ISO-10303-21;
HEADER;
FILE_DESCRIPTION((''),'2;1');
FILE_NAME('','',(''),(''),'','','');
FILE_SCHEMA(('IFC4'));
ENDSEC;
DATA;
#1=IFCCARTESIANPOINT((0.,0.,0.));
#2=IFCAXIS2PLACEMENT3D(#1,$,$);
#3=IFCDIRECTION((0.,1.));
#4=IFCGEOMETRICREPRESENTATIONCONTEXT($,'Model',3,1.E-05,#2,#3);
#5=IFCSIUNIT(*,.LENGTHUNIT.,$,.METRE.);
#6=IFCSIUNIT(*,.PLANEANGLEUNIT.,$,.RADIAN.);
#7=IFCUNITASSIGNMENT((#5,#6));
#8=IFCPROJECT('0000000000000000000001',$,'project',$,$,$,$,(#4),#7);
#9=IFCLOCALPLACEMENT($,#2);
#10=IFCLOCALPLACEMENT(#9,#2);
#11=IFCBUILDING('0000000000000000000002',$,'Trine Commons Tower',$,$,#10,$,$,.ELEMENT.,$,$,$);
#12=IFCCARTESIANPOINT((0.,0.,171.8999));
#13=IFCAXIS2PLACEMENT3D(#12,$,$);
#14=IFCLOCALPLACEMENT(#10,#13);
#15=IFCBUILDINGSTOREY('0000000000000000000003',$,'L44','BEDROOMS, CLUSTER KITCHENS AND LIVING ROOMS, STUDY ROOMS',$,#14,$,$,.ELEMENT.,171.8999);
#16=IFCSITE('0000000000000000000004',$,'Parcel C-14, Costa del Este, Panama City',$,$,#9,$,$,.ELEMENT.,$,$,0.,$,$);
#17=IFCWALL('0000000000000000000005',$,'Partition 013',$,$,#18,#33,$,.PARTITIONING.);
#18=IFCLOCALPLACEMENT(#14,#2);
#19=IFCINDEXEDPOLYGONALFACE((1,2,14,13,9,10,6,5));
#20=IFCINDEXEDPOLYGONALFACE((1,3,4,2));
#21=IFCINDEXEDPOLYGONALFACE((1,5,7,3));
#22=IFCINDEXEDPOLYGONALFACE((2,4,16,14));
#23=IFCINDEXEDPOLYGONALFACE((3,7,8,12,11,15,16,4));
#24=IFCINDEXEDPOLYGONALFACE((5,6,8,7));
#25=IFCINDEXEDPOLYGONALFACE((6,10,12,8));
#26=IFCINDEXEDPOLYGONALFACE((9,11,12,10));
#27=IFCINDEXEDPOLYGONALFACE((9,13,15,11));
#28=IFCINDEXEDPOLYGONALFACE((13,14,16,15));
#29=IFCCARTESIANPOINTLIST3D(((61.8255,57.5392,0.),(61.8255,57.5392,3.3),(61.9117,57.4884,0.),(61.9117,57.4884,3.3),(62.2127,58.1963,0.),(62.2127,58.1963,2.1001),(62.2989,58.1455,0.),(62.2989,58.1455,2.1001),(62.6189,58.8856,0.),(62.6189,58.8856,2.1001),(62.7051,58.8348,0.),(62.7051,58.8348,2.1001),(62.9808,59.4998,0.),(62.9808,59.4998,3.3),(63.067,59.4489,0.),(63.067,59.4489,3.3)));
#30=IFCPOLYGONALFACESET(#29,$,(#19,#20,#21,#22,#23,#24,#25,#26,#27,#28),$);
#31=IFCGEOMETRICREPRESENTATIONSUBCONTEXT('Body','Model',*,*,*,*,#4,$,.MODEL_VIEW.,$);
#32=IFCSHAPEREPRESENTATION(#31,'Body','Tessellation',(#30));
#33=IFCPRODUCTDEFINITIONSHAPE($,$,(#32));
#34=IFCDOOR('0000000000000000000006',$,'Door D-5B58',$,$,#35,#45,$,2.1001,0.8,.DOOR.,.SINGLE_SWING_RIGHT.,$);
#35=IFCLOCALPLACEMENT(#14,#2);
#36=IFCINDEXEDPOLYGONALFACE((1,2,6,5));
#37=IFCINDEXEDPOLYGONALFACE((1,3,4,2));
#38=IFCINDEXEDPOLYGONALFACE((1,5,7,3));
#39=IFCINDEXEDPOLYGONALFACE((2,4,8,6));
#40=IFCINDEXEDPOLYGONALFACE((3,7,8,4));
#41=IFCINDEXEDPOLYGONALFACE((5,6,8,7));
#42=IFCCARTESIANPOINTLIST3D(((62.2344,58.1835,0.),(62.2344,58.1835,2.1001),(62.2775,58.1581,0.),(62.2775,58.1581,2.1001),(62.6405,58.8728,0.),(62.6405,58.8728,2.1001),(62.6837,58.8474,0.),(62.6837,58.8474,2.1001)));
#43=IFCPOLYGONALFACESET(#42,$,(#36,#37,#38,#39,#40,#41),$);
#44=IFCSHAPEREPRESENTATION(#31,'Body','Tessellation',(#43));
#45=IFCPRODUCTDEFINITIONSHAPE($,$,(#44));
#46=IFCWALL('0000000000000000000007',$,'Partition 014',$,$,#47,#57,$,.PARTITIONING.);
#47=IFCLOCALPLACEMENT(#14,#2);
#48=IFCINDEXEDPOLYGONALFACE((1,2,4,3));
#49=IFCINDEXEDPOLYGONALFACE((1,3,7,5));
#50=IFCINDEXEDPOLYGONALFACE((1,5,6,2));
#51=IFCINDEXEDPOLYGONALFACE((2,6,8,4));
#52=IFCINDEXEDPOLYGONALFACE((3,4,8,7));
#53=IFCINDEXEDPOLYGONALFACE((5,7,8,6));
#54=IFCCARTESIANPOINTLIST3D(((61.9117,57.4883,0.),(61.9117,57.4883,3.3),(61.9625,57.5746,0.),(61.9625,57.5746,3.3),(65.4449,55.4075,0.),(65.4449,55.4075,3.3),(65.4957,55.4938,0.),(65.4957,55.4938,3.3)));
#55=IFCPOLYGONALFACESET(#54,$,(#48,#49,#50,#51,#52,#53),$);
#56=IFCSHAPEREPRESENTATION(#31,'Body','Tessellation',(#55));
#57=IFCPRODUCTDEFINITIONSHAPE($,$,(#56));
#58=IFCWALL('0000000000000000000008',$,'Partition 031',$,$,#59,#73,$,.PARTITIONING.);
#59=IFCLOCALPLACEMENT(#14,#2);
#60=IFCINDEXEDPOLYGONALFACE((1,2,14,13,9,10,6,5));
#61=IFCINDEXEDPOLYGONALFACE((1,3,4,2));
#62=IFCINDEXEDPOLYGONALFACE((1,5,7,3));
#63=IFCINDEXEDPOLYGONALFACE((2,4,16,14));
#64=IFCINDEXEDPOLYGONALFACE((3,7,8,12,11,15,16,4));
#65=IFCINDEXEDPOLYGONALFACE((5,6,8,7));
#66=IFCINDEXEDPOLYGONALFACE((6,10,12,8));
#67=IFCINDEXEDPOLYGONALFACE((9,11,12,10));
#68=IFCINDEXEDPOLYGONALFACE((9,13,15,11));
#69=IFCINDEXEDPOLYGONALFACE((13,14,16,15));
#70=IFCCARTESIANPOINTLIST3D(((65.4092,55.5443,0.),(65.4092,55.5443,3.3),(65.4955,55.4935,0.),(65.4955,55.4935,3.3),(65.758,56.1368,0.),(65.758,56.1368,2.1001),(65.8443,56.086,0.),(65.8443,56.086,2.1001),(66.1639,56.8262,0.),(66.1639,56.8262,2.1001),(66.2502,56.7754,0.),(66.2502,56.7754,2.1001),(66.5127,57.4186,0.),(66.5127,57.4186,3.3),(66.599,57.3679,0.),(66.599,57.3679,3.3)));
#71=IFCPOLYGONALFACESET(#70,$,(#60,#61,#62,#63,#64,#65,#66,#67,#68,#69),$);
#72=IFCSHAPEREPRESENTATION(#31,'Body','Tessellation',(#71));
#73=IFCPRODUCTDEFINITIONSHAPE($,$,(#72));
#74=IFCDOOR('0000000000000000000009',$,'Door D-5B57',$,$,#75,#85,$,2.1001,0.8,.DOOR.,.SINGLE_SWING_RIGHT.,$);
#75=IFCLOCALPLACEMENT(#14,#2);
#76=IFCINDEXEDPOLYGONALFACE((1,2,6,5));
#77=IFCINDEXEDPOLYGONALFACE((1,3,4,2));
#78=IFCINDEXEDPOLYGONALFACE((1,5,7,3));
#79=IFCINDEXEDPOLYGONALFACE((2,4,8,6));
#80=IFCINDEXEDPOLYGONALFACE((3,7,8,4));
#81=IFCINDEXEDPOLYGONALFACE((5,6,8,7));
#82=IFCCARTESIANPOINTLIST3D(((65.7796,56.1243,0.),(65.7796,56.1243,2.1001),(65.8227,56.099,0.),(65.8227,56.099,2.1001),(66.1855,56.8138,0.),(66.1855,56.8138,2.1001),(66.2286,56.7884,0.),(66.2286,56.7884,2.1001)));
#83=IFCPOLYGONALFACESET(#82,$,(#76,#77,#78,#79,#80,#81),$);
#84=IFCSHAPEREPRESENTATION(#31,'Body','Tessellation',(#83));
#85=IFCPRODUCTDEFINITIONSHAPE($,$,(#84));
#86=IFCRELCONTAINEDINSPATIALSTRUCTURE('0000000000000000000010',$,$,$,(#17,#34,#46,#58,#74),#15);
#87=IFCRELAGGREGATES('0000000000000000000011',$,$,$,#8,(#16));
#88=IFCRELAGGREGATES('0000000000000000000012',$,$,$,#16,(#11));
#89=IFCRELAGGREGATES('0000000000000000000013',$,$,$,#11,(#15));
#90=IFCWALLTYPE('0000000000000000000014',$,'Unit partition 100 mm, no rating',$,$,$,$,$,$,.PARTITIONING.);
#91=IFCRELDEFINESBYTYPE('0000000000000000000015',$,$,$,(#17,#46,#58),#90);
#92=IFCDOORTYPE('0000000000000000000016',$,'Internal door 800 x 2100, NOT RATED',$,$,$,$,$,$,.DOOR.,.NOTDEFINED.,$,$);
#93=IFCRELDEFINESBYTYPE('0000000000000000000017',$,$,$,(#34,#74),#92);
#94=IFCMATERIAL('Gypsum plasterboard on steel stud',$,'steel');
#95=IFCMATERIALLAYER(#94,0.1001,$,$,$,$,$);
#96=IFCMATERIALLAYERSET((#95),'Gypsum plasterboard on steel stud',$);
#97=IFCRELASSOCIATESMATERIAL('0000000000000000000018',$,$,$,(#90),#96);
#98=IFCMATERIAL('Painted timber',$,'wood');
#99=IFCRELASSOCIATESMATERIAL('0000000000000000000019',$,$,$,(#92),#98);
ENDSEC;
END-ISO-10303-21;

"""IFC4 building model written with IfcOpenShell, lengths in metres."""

from ifc_helpers import new_model, si_unit, direction, frame, frame_2d, origin, place, context, subcontext, project, spatial, rectangle, extrude, material, layer, layer_set, type_object, element, fill, save


model = new_model("IFC4")

# Units and contexts
model_context = context("Model", 3, precision=1e-05, world=origin(), true_north=direction((0.0, 1.0)))
body_context = subcontext(model_context, "Body", "Model", "MODEL_VIEW")
ifc_project = project(units=[si_unit("LENGTHUNIT", "METRE"), si_unit("PLANEANGLEUNIT", "RADIAN")], contexts=[model_context])

# Site, building, storey
site_placement = place(None, origin())
site = spatial("IfcSite", under=ifc_project, at=site_placement, Name="Parcel C-14, Costa del Este, Panama City", CompositionType="ELEMENT", RefElevation=0.0)
building_placement = place(site_placement, origin())
building = spatial("IfcBuilding", under=site, at=building_placement, Name="Trine Commons Tower", CompositionType="ELEMENT")
storey_placement = place(building_placement, frame((0.0, 0.0, 171.8999)))
storey = spatial("IfcBuildingStorey", under=building, at=storey_placement, Name="L44", Description="BEDROOMS, CLUSTER KITCHENS AND LIVING ROOMS, STUDY ROOMS", CompositionType="ELEMENT", Elevation=171.8999)

# Shared definitions
ifc_material_1 = material(Name="Gypsum plasterboard on steel stud", Category="steel")

# Shared definitions
ifc_material_2 = material(Name="Painted timber", Category="wood")

# Wall, opening, door
ifc_layer_1 = layer(ifc_material_1, 0.1001)
ifc_layer_set_1 = layer_set([ifc_layer_1], Name="Gypsum plasterboard on steel stud")
wall_type_1 = type_object("IfcWallType", Name="Unit partition 100 mm, no rating", PredefinedType="PARTITIONING", material=ifc_layer_set_1)
wall_1_placement = place(storey_placement, frame((61.8687, 57.5139, 0.0), z_axis=(0.0, 0.0, 1.0), x_axis=(0.507695, 0.861537, 0.0)))
wall_1 = element("IfcWall", 1, at=wall_1_placement, inside=storey, type_object=wall_type_1, Name="Partition 013", PredefinedType="PARTITIONING", context=body_context, shape_type="SweptSolid", body=[
    extrude(rectangle(XDim=2.2756, YDim=0.1001, at=frame_2d((1.1377, 0.0))), origin(), (0.0, 0.0, 1.0), 3.3),
])
opening_1_placement = place(wall_1_placement, frame((0.7627, 0.0, 0.0)))
opening_1 = element("IfcOpeningElement", 2, at=opening_1_placement, cuts=wall_1, PredefinedType="OPENING", context=body_context, shape_type="SweptSolid", body=[
    extrude(rectangle(XDim=0.8, YDim=2.1001, at=frame_2d((0.3999, 1.05))), frame((0.0, 0.0601, 0.0), z_axis=(0.0, -1.0, 0.0), x_axis=(1.0, 0.0, 0.0)), (0.0, 0.0, 1.0), 0.1201),
])
door_type_1 = type_object("IfcDoorType", Name="Internal door 800 x 2100, NOT RATED", OperationType="NOTDEFINED", PredefinedType="DOOR", material=ifc_material_2)
door_1_placement = place(opening_1_placement, origin())
door_1 = element("IfcDoor", 3, at=door_1_placement, inside=storey, type_object=door_type_1, Name="Door D-5B58", OperationType="SINGLE_SWING_RIGHT", OverallHeight=2.1001, OverallWidth=0.8, PredefinedType="DOOR", context=body_context, shape_type="SweptSolid", body=[
    extrude(rectangle(XDim=0.8, YDim=2.1001, at=frame_2d((0.3999, 1.05))), frame((0.0, 0.0249, 0.0), z_axis=(0.0, -1.0, 0.0), x_axis=(1.0, 0.0, 0.0)), (0.0, 0.0, 1.0), 0.05),
])
fill(opening_1, door_1)

# Wall
wall_2_placement = place(storey_placement, frame((61.937, 57.5315, 0.0), z_axis=(0.0, 0.0, 1.0), x_axis=(0.861672, -0.507465, 0.0)))
element("IfcWall", 4, at=wall_2_placement, inside=storey, type_object=wall_type_1, Name="Partition 014", PredefinedType="PARTITIONING", context=body_context, shape_type="SweptSolid", body=[
    extrude(rectangle(XDim=4.1003, YDim=0.1001, at=frame_2d((2.0503, 0.0))), origin(), (0.0, 0.0, 1.0), 3.3),
])

# Wall, opening, door
wall_3_placement = place(storey_placement, frame((65.4524, 55.519, 0.0), z_axis=(0.0, 0.0, 1.0), x_axis=(0.507363, 0.861732, 0.0)))
wall_3 = element("IfcWall", 5, at=wall_3_placement, inside=storey, type_object=wall_type_1, Name="Partition 031", PredefinedType="PARTITIONING", context=body_context, shape_type="SweptSolid", body=[
    extrude(rectangle(XDim=2.175, YDim=0.1001, at=frame_2d((1.0874, 0.0))), origin(), (0.0, 0.0, 1.0), 3.3),
])
opening_2_placement = place(wall_3_placement, frame((0.6875, 0.0, 0.0)))
opening_2 = element("IfcOpeningElement", 6, at=opening_2_placement, cuts=wall_3, PredefinedType="OPENING", context=body_context, shape_type="SweptSolid", body=[
    extrude(rectangle(XDim=0.8, YDim=2.1001, at=frame_2d((0.3999, 1.05))), frame((0.0, 0.0601, 0.0), z_axis=(0.0, -1.0, 0.0), x_axis=(1.0, 0.0, 0.0)), (0.0, 0.0, 1.0), 0.1201),
])
door_2_placement = place(opening_2_placement, frame((0.8, 0.0, 0.0), z_axis=(0.0, 0.0, 1.0), x_axis=(-1.0, 0.0, 0.0)))
door_2 = element("IfcDoor", 7, at=door_2_placement, inside=storey, type_object=door_type_1, Name="Door D-5B57", OperationType="SINGLE_SWING_RIGHT", OverallHeight=2.1001, OverallWidth=0.8, PredefinedType="DOOR", context=body_context, shape_type="SweptSolid", body=[
    extrude(rectangle(XDim=0.8, YDim=2.1001, at=frame_2d((0.3999, 1.05))), frame((0.0, 0.0249, 0.0), z_axis=(0.0, -1.0, 0.0), x_axis=(1.0, 0.0, 0.0)), (0.0, 0.0, 1.0), 0.05),
])
fill(opening_2, door_2)

save(model, "model.ifc")
